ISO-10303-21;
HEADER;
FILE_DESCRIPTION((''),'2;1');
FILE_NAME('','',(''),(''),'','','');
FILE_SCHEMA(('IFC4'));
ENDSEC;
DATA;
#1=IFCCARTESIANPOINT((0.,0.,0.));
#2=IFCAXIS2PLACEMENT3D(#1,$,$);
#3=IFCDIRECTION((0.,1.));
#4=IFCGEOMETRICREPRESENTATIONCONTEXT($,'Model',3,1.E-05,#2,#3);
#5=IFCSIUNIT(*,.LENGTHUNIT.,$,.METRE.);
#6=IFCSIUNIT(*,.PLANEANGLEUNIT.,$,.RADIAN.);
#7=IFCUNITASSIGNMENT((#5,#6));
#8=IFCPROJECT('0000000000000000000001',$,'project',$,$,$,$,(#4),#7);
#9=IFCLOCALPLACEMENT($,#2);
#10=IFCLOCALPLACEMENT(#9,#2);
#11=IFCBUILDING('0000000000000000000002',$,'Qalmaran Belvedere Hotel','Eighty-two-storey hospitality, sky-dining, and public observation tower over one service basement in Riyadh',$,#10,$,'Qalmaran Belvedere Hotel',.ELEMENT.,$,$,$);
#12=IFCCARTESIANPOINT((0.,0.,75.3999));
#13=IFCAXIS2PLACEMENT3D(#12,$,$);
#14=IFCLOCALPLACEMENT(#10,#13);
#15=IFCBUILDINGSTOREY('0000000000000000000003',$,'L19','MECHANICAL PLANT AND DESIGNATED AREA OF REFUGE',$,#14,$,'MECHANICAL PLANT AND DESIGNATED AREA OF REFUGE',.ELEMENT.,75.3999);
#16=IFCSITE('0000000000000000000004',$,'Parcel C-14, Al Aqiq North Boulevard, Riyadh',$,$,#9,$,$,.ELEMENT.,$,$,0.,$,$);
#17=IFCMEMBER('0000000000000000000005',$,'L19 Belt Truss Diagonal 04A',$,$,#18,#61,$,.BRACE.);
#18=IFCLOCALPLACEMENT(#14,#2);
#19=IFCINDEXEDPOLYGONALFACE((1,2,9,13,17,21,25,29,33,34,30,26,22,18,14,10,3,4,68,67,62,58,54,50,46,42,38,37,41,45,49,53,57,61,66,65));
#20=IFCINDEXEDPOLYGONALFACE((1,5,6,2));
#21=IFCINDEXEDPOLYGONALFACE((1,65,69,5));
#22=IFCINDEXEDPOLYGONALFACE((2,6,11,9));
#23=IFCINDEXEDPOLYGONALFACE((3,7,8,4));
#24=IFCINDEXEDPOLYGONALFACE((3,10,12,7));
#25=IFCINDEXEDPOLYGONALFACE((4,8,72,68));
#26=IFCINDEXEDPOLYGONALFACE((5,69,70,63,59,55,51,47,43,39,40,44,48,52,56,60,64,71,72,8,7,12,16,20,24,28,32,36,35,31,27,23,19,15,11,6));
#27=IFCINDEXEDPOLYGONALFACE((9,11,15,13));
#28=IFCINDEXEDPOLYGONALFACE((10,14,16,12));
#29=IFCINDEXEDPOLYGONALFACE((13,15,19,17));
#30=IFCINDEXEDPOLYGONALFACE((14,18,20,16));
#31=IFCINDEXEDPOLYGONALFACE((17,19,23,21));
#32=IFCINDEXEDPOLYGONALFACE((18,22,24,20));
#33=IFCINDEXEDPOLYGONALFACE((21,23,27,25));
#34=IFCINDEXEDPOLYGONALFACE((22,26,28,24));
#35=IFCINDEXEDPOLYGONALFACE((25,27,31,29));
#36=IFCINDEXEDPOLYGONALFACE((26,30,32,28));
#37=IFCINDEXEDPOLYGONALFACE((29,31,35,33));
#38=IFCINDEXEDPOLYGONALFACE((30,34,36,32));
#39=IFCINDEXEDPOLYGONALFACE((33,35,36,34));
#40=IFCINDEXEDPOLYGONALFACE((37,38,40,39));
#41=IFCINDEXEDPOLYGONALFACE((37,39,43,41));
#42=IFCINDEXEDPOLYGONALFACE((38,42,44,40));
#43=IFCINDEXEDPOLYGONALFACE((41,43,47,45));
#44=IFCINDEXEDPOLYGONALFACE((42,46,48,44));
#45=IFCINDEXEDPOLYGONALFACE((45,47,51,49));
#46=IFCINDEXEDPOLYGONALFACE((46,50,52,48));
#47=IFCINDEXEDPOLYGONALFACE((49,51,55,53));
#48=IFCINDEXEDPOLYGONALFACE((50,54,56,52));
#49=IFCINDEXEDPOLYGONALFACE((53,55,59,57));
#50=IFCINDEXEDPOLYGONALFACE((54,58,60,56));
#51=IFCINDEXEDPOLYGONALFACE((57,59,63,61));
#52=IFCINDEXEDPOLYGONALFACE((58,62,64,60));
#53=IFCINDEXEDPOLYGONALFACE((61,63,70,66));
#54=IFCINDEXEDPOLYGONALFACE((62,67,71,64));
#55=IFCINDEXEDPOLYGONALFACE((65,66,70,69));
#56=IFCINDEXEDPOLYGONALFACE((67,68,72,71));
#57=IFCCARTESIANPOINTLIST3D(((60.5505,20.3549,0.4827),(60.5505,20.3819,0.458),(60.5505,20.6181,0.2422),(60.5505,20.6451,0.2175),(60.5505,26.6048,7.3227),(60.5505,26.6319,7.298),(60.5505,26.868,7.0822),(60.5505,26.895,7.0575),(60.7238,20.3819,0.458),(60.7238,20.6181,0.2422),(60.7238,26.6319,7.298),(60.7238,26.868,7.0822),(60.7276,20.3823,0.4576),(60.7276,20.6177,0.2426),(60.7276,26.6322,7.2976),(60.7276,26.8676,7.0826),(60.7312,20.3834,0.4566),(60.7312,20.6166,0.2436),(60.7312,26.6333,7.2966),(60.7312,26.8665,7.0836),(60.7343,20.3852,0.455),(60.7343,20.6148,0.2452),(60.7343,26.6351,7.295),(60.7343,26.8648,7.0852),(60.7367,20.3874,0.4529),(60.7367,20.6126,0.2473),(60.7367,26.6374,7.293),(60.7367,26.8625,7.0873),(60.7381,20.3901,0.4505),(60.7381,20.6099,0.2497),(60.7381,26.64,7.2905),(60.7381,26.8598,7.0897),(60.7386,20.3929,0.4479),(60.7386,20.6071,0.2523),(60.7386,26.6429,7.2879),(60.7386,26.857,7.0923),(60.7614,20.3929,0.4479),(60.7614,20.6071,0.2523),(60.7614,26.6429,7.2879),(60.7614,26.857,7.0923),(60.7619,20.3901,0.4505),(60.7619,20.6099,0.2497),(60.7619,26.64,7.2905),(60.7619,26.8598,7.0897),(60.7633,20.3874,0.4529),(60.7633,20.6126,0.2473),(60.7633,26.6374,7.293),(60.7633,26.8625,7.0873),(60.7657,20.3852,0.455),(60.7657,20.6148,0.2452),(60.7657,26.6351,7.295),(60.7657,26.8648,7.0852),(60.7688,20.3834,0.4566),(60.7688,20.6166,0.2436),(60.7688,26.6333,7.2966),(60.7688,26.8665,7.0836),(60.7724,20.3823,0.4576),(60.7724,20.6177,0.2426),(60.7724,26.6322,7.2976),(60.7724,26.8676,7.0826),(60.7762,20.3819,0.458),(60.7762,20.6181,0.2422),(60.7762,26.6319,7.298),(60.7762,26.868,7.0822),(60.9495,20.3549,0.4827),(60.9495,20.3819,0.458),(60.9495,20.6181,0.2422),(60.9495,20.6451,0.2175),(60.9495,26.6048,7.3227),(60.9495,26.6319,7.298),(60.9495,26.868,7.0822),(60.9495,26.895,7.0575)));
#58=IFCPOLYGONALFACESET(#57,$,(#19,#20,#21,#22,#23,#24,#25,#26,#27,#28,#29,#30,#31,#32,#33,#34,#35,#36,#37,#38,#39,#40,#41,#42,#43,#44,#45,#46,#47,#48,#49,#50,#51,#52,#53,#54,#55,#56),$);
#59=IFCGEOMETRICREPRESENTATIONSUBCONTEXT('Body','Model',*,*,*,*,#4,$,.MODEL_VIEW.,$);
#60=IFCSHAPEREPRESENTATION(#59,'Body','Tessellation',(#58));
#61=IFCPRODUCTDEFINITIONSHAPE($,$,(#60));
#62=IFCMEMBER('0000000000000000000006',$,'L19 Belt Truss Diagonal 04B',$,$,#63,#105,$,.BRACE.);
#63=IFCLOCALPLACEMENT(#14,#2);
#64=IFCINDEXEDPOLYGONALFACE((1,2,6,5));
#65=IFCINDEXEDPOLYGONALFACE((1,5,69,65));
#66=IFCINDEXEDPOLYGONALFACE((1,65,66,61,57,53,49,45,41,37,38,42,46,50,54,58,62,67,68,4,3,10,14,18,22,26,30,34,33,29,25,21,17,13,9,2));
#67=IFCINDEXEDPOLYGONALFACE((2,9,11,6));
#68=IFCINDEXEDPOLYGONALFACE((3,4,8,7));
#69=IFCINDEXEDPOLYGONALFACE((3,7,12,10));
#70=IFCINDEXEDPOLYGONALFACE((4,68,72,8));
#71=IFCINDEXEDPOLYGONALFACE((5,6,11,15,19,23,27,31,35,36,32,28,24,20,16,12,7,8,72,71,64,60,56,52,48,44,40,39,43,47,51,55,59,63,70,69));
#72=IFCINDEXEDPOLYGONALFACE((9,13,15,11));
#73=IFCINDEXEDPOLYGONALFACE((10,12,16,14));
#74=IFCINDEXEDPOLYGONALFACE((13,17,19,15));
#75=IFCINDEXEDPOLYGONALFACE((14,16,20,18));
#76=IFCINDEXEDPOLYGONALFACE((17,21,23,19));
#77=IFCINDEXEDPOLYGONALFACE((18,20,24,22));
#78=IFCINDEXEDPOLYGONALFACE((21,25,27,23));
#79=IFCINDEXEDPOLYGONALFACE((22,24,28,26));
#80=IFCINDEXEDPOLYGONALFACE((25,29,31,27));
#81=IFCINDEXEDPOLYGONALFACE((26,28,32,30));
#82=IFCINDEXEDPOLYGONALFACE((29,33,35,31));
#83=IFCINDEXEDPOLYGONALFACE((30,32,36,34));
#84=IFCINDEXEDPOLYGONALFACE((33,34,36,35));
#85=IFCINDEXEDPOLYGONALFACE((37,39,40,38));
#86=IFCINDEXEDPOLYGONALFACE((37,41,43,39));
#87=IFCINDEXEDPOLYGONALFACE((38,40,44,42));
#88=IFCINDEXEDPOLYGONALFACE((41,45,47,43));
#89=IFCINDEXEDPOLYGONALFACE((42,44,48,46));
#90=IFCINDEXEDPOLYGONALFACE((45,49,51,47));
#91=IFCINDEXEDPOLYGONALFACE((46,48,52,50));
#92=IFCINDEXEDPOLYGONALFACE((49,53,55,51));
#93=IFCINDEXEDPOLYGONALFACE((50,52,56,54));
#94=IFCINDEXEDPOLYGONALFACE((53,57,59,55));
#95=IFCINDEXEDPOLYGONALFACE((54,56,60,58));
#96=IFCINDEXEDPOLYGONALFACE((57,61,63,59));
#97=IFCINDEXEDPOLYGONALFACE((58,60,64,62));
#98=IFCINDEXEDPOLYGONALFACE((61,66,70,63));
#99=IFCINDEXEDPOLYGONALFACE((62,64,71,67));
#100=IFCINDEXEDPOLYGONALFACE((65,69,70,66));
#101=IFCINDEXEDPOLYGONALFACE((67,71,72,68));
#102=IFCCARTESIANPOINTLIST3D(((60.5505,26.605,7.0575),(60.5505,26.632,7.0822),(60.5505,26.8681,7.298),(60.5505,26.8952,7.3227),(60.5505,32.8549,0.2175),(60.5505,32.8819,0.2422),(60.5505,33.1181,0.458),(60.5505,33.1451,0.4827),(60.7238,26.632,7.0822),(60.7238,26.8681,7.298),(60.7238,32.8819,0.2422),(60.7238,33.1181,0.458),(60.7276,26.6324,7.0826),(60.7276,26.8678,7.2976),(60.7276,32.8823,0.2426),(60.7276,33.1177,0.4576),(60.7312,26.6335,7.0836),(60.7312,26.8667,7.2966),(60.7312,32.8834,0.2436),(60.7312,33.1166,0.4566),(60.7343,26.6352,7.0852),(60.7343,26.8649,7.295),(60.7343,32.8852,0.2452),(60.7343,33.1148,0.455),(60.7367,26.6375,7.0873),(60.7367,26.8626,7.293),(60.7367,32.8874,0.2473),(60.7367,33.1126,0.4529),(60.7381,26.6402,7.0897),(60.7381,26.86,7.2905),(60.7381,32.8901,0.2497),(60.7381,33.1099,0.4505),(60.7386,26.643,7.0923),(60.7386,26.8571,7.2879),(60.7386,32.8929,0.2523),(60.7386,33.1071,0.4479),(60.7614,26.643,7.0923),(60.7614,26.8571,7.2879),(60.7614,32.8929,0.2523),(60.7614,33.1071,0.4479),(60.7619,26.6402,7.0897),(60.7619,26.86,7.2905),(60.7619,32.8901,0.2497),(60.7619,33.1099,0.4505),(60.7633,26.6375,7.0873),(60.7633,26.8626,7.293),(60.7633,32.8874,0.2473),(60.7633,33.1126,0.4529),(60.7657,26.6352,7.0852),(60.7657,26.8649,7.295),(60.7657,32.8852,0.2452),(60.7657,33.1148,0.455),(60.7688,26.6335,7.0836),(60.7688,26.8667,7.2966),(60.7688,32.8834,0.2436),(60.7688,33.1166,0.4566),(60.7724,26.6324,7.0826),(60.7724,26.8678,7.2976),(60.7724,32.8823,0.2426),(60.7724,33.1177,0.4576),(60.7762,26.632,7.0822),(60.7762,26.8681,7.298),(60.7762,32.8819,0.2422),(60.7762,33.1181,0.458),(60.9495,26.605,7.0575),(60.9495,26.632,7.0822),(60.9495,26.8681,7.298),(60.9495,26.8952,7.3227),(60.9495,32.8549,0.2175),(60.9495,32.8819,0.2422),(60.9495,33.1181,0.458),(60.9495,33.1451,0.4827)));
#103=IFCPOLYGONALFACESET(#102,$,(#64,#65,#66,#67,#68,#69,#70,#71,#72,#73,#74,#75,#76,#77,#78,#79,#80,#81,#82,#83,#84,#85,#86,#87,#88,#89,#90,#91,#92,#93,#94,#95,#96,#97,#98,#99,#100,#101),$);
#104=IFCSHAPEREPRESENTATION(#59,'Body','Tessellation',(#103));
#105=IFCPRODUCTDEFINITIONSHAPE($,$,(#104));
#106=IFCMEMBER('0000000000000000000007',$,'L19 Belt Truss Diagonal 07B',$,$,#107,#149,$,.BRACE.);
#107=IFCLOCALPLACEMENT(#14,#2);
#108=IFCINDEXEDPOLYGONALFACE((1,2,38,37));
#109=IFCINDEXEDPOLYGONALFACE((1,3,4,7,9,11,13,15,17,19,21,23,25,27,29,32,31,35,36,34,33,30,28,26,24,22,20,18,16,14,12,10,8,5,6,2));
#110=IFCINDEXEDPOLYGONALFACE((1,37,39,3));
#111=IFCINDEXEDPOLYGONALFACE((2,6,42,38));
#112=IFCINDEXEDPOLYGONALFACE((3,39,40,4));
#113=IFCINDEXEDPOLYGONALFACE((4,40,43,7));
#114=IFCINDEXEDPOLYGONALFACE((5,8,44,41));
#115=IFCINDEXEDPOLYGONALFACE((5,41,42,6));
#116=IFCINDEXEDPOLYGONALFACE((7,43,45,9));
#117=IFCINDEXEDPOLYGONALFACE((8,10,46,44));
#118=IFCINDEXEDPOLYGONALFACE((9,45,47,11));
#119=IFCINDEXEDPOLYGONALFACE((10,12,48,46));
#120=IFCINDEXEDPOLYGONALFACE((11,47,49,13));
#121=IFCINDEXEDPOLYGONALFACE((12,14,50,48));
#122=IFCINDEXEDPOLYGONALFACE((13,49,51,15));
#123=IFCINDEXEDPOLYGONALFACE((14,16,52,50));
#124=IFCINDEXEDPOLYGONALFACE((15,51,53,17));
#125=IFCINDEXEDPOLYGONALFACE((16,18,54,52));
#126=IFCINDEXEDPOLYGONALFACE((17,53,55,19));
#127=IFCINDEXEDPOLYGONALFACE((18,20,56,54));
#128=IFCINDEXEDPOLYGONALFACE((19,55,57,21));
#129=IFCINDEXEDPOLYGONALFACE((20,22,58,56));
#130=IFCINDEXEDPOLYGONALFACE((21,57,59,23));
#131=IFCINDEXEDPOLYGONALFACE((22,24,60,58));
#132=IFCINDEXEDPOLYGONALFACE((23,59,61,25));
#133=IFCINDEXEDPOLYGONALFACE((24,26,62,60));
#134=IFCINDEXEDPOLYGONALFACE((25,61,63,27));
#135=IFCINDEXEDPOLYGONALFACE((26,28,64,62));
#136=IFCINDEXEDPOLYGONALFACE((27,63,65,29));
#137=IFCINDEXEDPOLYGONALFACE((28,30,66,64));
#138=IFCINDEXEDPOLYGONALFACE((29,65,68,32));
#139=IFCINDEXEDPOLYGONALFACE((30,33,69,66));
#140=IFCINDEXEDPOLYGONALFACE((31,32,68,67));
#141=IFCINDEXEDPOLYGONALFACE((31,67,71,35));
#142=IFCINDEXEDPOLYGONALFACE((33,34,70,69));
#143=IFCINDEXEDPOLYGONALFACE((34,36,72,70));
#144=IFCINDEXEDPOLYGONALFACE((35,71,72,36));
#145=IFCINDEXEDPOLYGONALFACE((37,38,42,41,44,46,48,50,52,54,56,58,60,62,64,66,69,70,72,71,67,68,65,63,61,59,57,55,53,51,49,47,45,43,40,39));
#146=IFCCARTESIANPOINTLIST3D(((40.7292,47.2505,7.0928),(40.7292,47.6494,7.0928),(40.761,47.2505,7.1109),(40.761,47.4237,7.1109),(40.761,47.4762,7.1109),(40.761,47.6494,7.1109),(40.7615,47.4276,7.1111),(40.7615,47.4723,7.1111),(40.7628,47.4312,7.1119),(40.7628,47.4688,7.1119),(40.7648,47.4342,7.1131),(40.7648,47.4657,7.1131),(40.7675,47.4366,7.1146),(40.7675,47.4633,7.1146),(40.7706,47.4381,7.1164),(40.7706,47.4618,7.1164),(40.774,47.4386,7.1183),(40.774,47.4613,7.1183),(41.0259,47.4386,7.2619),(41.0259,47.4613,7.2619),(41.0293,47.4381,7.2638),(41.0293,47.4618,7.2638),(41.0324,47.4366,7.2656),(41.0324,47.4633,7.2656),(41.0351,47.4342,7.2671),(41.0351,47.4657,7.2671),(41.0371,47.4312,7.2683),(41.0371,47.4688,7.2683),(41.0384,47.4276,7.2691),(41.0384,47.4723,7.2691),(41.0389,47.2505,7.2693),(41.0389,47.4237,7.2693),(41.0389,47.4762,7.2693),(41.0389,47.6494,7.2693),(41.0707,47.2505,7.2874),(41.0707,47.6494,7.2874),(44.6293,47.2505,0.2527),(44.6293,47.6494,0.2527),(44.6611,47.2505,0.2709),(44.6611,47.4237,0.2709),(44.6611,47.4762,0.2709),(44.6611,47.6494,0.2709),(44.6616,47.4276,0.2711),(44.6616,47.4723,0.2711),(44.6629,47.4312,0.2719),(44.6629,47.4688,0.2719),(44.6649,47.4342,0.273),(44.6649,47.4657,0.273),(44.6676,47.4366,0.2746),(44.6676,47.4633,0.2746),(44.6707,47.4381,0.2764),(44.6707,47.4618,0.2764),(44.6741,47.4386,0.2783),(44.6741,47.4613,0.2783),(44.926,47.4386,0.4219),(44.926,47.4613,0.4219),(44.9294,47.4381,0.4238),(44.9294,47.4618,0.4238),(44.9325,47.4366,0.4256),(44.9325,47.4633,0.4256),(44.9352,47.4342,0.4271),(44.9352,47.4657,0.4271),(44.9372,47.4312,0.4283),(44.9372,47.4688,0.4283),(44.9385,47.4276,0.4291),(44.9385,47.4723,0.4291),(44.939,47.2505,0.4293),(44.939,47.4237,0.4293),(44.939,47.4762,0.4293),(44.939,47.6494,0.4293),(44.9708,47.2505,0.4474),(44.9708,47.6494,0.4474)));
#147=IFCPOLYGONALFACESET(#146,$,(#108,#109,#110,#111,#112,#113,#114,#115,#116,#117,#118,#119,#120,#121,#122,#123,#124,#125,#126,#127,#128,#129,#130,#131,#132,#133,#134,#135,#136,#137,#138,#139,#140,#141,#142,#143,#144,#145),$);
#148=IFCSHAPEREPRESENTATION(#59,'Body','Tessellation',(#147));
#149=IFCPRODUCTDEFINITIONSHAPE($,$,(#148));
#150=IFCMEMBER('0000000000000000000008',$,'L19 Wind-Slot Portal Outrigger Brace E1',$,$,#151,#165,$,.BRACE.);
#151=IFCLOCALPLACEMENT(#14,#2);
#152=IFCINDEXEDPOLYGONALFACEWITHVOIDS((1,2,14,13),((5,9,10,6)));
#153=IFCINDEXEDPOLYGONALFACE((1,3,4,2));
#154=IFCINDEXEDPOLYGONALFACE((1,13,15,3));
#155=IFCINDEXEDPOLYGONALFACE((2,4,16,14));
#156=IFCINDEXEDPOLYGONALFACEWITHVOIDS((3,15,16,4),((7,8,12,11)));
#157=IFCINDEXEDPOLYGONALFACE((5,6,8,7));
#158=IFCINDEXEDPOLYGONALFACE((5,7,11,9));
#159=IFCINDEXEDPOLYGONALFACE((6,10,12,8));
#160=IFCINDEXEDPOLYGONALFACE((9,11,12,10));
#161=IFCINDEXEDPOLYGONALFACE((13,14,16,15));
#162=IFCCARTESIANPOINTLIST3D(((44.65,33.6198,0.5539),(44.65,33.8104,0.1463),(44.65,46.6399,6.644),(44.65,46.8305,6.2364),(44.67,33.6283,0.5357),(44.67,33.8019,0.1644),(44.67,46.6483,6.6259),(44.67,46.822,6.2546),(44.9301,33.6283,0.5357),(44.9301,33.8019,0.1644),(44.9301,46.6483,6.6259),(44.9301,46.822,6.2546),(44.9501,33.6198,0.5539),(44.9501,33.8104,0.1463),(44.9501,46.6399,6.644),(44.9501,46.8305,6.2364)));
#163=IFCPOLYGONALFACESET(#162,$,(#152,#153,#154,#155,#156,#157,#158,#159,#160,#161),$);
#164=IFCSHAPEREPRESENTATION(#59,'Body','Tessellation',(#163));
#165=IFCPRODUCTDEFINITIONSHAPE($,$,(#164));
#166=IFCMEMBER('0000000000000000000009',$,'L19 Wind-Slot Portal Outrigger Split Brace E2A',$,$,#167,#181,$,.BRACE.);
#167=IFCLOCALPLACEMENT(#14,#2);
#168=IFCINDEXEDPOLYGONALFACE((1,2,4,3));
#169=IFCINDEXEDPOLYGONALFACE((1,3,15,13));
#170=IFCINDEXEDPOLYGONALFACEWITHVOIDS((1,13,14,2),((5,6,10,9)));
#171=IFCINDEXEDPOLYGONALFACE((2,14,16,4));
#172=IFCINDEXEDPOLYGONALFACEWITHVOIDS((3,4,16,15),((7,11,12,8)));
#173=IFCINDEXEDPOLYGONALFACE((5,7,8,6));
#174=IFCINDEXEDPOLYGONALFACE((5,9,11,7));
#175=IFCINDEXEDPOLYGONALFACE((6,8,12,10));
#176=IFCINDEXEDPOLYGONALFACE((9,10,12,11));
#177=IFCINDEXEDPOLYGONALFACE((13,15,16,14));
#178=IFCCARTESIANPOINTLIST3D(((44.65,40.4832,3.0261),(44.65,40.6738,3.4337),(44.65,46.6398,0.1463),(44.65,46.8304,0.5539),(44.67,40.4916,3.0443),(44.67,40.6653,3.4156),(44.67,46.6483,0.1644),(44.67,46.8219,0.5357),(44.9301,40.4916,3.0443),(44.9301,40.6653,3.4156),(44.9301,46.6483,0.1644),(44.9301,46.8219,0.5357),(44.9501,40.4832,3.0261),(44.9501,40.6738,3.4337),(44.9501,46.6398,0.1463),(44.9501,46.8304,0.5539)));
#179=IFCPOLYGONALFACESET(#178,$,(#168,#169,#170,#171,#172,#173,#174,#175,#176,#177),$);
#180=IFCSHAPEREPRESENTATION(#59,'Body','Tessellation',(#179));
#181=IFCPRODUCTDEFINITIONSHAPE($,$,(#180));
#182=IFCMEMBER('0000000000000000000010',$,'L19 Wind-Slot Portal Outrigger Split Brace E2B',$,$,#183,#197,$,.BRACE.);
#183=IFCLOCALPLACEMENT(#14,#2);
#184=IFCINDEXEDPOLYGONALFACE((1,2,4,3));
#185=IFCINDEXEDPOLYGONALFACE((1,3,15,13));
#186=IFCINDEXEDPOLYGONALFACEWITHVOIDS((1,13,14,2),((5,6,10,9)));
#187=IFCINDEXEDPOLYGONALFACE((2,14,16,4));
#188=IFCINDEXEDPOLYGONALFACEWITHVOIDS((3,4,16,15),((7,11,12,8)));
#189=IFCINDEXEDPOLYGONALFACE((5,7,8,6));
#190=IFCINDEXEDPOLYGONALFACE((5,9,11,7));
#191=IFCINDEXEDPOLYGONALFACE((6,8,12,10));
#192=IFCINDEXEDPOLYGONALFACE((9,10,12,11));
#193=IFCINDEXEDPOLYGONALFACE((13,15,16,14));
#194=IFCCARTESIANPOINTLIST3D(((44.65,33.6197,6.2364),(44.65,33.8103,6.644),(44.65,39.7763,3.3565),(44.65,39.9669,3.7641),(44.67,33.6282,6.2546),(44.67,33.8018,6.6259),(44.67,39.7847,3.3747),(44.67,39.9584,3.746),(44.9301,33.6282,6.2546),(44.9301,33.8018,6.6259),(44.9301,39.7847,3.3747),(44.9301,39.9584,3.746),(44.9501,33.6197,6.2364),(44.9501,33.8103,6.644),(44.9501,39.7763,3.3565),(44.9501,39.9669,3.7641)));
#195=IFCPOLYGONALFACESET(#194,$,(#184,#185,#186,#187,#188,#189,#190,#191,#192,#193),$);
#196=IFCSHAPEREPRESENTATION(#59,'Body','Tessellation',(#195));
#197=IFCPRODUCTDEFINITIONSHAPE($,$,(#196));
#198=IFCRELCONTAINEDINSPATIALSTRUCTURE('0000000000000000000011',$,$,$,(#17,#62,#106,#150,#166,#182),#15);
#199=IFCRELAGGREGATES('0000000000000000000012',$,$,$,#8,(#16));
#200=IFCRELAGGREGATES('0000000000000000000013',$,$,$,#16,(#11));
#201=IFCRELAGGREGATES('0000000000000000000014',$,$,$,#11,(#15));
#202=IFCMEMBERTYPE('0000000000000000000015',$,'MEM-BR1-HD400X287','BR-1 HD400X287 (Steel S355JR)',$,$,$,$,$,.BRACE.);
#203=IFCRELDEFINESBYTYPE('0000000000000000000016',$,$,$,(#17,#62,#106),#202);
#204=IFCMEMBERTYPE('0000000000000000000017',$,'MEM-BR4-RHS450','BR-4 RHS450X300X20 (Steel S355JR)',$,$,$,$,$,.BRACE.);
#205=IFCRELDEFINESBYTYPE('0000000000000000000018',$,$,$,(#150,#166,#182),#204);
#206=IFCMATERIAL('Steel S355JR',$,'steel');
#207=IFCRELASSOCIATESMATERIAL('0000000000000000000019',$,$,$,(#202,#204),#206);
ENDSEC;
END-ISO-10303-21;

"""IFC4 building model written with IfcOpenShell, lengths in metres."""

from ifc_helpers import new_model, si_unit, direction, frame, origin, origin_2d, place, context, subcontext, project, spatial, hollow_rectangle, i_section, extrude, material, material_profile, profile_set, type_object, element, save


model = new_model("IFC4")

# Units and contexts
model_context = context("Model", 3, precision=1e-05, world=origin(), true_north=direction((0.0, 1.0)))
body_context = subcontext(model_context, "Body", "Model", "MODEL_VIEW")
ifc_project = project(units=[si_unit("LENGTHUNIT", "METRE"), si_unit("PLANEANGLEUNIT", "RADIAN")], contexts=[model_context])

# Site, building, storey
site_placement = place(None, origin())
site = spatial("IfcSite", under=ifc_project, at=site_placement, Name="Parcel C-14, Al Aqiq North Boulevard, Riyadh", CompositionType="ELEMENT", RefElevation=0.0)
building_placement = place(site_placement, origin())
building = spatial("IfcBuilding", under=site, at=building_placement, Name="Qalmaran Belvedere Hotel", Description="Eighty-two-storey hospitality, sky-dining, and public observation tower over one service basement in Riyadh", LongName="Qalmaran Belvedere Hotel", CompositionType="ELEMENT")
storey_placement = place(building_placement, frame((0.0, 0.0, 75.3999)))
storey = spatial("IfcBuildingStorey", under=building, at=storey_placement, Name="L19", Description="MECHANICAL PLANT AND DESIGNATED AREA OF REFUGE", LongName="MECHANICAL PLANT AND DESIGNATED AREA OF REFUGE", CompositionType="ELEMENT", Elevation=75.3999)

# Shared definitions
ifc_material_1 = material(Name="Steel S355JR", Category="steel")

# Members
ifc_material_profile_1 = material_profile(ifc_material_1, i_section(OverallWidth=0.3989, OverallDepth=0.3931, WebThickness=0.0227, FlangeThickness=0.0366, FilletRadius=0.0149, at=origin_2d()), Name="HD400X287")
ifc_profile_set_1 = profile_set([ifc_material_profile_1], Name="Steel S355JR")
member_type_1 = type_object("IfcMemberType", Name="MEM-BR1-HD400X287", Description="BR-1 HD400X287 (Steel S355JR)", PredefinedType="BRACE", material=ifc_profile_set_1)
for number, where, z_axis, x_axis, name in (
    (1, (60.75, 20.5, 0.3501), (0.0, 0.674546, 0.738233), (-1.0, 0.0, 0.0), "L19 Belt Truss Diagonal 04A"),
    (2, (60.75, 33.0, 0.3501), (0.0, -0.674546, 0.738233), (1.0, 0.0, 0.0), "L19 Belt Truss Diagonal 04B"),
):
    element("IfcMember", number, at=place(storey_placement, frame(where, z_axis=z_axis, x_axis=x_axis)), inside=storey, type_object=member_type_1, Name=name, PredefinedType="BRACE", context=body_context, shape_type="SweptSolid", body=[
        extrude(i_section(OverallWidth=0.3989, OverallDepth=0.3931, WebThickness=0.0227, FlangeThickness=0.0366, FilletRadius=0.0149, at=origin_2d()), origin(), (0.0, 0.0, 1.0), 9.2654),
    ])
member_1_placement = place(storey_placement, frame((44.8, 47.45, 0.3501), z_axis=(-0.495327, 0.0, 0.868706), x_axis=(0.0, -1.0, 0.0)))
element("IfcMember", 3, at=member_1_placement, inside=storey, type_object=member_type_1, Name="L19 Belt Truss Diagonal 07B", PredefinedType="BRACE", context=body_context, shape_type="SweptSolid", body=[
    extrude(i_section(OverallWidth=0.3989, OverallDepth=0.3931, WebThickness=0.0227, FlangeThickness=0.0366, FilletRadius=0.0149, at=origin_2d()), origin(), (0.0, 0.0, 1.0), 7.8738),
])
ifc_material_profile_2 = material_profile(ifc_material_1, hollow_rectangle(XDim=0.3, YDim=0.45, WallThickness=0.02, at=origin_2d()), Name="RHS450X300X20")
ifc_profile_set_2 = profile_set([ifc_material_profile_2], Name="Steel S355JR")
member_type_2 = type_object("IfcMemberType", Name="MEM-BR4-RHS450", Description="BR-4 RHS450X300X20 (Steel S355JR)", PredefinedType="BRACE", material=ifc_profile_set_2)
member_2_placement = place(storey_placement, frame((44.8, 33.7151, 0.3501), z_axis=(0.0, 0.905807, 0.42369), x_axis=(-1.0, 0.0, 0.0)))
element("IfcMember", 4, at=member_2_placement, inside=storey, type_object=member_type_2, Name="L19 Wind-Slot Portal Outrigger Brace E1", PredefinedType="BRACE", context=body_context, shape_type="SweptSolid", body=[
    extrude(hollow_rectangle(XDim=0.3, YDim=0.45, WallThickness=0.02, at=origin_2d()), origin(), (0.0, 0.0, 1.0), 14.374),
])
for number, where, z_axis, x_axis, name in (
    (5, (44.8, 46.7351, 0.3501), (0.0, -0.905803, 0.423699), (1.0, 0.0, 0.0), "L19 Wind-Slot Portal Outrigger Split Brace E2A"),
    (6, (44.8, 39.8716, 3.5603), (0.0, -0.905796, 0.423713), (1.0, 0.0, 0.0), "L19 Wind-Slot Portal Outrigger Split Brace E2B"),
):
    element("IfcMember", number, at=place(storey_placement, frame(where, z_axis=z_axis, x_axis=x_axis)), inside=storey, type_object=member_type_2, Name=name, PredefinedType="BRACE", context=body_context, shape_type="SweptSolid", body=[
        extrude(hollow_rectangle(XDim=0.3, YDim=0.45, WallThickness=0.02, at=origin_2d()), origin(), (0.0, 0.0, 1.0), 6.7969),
    ])

save(model, "model.ifc")
